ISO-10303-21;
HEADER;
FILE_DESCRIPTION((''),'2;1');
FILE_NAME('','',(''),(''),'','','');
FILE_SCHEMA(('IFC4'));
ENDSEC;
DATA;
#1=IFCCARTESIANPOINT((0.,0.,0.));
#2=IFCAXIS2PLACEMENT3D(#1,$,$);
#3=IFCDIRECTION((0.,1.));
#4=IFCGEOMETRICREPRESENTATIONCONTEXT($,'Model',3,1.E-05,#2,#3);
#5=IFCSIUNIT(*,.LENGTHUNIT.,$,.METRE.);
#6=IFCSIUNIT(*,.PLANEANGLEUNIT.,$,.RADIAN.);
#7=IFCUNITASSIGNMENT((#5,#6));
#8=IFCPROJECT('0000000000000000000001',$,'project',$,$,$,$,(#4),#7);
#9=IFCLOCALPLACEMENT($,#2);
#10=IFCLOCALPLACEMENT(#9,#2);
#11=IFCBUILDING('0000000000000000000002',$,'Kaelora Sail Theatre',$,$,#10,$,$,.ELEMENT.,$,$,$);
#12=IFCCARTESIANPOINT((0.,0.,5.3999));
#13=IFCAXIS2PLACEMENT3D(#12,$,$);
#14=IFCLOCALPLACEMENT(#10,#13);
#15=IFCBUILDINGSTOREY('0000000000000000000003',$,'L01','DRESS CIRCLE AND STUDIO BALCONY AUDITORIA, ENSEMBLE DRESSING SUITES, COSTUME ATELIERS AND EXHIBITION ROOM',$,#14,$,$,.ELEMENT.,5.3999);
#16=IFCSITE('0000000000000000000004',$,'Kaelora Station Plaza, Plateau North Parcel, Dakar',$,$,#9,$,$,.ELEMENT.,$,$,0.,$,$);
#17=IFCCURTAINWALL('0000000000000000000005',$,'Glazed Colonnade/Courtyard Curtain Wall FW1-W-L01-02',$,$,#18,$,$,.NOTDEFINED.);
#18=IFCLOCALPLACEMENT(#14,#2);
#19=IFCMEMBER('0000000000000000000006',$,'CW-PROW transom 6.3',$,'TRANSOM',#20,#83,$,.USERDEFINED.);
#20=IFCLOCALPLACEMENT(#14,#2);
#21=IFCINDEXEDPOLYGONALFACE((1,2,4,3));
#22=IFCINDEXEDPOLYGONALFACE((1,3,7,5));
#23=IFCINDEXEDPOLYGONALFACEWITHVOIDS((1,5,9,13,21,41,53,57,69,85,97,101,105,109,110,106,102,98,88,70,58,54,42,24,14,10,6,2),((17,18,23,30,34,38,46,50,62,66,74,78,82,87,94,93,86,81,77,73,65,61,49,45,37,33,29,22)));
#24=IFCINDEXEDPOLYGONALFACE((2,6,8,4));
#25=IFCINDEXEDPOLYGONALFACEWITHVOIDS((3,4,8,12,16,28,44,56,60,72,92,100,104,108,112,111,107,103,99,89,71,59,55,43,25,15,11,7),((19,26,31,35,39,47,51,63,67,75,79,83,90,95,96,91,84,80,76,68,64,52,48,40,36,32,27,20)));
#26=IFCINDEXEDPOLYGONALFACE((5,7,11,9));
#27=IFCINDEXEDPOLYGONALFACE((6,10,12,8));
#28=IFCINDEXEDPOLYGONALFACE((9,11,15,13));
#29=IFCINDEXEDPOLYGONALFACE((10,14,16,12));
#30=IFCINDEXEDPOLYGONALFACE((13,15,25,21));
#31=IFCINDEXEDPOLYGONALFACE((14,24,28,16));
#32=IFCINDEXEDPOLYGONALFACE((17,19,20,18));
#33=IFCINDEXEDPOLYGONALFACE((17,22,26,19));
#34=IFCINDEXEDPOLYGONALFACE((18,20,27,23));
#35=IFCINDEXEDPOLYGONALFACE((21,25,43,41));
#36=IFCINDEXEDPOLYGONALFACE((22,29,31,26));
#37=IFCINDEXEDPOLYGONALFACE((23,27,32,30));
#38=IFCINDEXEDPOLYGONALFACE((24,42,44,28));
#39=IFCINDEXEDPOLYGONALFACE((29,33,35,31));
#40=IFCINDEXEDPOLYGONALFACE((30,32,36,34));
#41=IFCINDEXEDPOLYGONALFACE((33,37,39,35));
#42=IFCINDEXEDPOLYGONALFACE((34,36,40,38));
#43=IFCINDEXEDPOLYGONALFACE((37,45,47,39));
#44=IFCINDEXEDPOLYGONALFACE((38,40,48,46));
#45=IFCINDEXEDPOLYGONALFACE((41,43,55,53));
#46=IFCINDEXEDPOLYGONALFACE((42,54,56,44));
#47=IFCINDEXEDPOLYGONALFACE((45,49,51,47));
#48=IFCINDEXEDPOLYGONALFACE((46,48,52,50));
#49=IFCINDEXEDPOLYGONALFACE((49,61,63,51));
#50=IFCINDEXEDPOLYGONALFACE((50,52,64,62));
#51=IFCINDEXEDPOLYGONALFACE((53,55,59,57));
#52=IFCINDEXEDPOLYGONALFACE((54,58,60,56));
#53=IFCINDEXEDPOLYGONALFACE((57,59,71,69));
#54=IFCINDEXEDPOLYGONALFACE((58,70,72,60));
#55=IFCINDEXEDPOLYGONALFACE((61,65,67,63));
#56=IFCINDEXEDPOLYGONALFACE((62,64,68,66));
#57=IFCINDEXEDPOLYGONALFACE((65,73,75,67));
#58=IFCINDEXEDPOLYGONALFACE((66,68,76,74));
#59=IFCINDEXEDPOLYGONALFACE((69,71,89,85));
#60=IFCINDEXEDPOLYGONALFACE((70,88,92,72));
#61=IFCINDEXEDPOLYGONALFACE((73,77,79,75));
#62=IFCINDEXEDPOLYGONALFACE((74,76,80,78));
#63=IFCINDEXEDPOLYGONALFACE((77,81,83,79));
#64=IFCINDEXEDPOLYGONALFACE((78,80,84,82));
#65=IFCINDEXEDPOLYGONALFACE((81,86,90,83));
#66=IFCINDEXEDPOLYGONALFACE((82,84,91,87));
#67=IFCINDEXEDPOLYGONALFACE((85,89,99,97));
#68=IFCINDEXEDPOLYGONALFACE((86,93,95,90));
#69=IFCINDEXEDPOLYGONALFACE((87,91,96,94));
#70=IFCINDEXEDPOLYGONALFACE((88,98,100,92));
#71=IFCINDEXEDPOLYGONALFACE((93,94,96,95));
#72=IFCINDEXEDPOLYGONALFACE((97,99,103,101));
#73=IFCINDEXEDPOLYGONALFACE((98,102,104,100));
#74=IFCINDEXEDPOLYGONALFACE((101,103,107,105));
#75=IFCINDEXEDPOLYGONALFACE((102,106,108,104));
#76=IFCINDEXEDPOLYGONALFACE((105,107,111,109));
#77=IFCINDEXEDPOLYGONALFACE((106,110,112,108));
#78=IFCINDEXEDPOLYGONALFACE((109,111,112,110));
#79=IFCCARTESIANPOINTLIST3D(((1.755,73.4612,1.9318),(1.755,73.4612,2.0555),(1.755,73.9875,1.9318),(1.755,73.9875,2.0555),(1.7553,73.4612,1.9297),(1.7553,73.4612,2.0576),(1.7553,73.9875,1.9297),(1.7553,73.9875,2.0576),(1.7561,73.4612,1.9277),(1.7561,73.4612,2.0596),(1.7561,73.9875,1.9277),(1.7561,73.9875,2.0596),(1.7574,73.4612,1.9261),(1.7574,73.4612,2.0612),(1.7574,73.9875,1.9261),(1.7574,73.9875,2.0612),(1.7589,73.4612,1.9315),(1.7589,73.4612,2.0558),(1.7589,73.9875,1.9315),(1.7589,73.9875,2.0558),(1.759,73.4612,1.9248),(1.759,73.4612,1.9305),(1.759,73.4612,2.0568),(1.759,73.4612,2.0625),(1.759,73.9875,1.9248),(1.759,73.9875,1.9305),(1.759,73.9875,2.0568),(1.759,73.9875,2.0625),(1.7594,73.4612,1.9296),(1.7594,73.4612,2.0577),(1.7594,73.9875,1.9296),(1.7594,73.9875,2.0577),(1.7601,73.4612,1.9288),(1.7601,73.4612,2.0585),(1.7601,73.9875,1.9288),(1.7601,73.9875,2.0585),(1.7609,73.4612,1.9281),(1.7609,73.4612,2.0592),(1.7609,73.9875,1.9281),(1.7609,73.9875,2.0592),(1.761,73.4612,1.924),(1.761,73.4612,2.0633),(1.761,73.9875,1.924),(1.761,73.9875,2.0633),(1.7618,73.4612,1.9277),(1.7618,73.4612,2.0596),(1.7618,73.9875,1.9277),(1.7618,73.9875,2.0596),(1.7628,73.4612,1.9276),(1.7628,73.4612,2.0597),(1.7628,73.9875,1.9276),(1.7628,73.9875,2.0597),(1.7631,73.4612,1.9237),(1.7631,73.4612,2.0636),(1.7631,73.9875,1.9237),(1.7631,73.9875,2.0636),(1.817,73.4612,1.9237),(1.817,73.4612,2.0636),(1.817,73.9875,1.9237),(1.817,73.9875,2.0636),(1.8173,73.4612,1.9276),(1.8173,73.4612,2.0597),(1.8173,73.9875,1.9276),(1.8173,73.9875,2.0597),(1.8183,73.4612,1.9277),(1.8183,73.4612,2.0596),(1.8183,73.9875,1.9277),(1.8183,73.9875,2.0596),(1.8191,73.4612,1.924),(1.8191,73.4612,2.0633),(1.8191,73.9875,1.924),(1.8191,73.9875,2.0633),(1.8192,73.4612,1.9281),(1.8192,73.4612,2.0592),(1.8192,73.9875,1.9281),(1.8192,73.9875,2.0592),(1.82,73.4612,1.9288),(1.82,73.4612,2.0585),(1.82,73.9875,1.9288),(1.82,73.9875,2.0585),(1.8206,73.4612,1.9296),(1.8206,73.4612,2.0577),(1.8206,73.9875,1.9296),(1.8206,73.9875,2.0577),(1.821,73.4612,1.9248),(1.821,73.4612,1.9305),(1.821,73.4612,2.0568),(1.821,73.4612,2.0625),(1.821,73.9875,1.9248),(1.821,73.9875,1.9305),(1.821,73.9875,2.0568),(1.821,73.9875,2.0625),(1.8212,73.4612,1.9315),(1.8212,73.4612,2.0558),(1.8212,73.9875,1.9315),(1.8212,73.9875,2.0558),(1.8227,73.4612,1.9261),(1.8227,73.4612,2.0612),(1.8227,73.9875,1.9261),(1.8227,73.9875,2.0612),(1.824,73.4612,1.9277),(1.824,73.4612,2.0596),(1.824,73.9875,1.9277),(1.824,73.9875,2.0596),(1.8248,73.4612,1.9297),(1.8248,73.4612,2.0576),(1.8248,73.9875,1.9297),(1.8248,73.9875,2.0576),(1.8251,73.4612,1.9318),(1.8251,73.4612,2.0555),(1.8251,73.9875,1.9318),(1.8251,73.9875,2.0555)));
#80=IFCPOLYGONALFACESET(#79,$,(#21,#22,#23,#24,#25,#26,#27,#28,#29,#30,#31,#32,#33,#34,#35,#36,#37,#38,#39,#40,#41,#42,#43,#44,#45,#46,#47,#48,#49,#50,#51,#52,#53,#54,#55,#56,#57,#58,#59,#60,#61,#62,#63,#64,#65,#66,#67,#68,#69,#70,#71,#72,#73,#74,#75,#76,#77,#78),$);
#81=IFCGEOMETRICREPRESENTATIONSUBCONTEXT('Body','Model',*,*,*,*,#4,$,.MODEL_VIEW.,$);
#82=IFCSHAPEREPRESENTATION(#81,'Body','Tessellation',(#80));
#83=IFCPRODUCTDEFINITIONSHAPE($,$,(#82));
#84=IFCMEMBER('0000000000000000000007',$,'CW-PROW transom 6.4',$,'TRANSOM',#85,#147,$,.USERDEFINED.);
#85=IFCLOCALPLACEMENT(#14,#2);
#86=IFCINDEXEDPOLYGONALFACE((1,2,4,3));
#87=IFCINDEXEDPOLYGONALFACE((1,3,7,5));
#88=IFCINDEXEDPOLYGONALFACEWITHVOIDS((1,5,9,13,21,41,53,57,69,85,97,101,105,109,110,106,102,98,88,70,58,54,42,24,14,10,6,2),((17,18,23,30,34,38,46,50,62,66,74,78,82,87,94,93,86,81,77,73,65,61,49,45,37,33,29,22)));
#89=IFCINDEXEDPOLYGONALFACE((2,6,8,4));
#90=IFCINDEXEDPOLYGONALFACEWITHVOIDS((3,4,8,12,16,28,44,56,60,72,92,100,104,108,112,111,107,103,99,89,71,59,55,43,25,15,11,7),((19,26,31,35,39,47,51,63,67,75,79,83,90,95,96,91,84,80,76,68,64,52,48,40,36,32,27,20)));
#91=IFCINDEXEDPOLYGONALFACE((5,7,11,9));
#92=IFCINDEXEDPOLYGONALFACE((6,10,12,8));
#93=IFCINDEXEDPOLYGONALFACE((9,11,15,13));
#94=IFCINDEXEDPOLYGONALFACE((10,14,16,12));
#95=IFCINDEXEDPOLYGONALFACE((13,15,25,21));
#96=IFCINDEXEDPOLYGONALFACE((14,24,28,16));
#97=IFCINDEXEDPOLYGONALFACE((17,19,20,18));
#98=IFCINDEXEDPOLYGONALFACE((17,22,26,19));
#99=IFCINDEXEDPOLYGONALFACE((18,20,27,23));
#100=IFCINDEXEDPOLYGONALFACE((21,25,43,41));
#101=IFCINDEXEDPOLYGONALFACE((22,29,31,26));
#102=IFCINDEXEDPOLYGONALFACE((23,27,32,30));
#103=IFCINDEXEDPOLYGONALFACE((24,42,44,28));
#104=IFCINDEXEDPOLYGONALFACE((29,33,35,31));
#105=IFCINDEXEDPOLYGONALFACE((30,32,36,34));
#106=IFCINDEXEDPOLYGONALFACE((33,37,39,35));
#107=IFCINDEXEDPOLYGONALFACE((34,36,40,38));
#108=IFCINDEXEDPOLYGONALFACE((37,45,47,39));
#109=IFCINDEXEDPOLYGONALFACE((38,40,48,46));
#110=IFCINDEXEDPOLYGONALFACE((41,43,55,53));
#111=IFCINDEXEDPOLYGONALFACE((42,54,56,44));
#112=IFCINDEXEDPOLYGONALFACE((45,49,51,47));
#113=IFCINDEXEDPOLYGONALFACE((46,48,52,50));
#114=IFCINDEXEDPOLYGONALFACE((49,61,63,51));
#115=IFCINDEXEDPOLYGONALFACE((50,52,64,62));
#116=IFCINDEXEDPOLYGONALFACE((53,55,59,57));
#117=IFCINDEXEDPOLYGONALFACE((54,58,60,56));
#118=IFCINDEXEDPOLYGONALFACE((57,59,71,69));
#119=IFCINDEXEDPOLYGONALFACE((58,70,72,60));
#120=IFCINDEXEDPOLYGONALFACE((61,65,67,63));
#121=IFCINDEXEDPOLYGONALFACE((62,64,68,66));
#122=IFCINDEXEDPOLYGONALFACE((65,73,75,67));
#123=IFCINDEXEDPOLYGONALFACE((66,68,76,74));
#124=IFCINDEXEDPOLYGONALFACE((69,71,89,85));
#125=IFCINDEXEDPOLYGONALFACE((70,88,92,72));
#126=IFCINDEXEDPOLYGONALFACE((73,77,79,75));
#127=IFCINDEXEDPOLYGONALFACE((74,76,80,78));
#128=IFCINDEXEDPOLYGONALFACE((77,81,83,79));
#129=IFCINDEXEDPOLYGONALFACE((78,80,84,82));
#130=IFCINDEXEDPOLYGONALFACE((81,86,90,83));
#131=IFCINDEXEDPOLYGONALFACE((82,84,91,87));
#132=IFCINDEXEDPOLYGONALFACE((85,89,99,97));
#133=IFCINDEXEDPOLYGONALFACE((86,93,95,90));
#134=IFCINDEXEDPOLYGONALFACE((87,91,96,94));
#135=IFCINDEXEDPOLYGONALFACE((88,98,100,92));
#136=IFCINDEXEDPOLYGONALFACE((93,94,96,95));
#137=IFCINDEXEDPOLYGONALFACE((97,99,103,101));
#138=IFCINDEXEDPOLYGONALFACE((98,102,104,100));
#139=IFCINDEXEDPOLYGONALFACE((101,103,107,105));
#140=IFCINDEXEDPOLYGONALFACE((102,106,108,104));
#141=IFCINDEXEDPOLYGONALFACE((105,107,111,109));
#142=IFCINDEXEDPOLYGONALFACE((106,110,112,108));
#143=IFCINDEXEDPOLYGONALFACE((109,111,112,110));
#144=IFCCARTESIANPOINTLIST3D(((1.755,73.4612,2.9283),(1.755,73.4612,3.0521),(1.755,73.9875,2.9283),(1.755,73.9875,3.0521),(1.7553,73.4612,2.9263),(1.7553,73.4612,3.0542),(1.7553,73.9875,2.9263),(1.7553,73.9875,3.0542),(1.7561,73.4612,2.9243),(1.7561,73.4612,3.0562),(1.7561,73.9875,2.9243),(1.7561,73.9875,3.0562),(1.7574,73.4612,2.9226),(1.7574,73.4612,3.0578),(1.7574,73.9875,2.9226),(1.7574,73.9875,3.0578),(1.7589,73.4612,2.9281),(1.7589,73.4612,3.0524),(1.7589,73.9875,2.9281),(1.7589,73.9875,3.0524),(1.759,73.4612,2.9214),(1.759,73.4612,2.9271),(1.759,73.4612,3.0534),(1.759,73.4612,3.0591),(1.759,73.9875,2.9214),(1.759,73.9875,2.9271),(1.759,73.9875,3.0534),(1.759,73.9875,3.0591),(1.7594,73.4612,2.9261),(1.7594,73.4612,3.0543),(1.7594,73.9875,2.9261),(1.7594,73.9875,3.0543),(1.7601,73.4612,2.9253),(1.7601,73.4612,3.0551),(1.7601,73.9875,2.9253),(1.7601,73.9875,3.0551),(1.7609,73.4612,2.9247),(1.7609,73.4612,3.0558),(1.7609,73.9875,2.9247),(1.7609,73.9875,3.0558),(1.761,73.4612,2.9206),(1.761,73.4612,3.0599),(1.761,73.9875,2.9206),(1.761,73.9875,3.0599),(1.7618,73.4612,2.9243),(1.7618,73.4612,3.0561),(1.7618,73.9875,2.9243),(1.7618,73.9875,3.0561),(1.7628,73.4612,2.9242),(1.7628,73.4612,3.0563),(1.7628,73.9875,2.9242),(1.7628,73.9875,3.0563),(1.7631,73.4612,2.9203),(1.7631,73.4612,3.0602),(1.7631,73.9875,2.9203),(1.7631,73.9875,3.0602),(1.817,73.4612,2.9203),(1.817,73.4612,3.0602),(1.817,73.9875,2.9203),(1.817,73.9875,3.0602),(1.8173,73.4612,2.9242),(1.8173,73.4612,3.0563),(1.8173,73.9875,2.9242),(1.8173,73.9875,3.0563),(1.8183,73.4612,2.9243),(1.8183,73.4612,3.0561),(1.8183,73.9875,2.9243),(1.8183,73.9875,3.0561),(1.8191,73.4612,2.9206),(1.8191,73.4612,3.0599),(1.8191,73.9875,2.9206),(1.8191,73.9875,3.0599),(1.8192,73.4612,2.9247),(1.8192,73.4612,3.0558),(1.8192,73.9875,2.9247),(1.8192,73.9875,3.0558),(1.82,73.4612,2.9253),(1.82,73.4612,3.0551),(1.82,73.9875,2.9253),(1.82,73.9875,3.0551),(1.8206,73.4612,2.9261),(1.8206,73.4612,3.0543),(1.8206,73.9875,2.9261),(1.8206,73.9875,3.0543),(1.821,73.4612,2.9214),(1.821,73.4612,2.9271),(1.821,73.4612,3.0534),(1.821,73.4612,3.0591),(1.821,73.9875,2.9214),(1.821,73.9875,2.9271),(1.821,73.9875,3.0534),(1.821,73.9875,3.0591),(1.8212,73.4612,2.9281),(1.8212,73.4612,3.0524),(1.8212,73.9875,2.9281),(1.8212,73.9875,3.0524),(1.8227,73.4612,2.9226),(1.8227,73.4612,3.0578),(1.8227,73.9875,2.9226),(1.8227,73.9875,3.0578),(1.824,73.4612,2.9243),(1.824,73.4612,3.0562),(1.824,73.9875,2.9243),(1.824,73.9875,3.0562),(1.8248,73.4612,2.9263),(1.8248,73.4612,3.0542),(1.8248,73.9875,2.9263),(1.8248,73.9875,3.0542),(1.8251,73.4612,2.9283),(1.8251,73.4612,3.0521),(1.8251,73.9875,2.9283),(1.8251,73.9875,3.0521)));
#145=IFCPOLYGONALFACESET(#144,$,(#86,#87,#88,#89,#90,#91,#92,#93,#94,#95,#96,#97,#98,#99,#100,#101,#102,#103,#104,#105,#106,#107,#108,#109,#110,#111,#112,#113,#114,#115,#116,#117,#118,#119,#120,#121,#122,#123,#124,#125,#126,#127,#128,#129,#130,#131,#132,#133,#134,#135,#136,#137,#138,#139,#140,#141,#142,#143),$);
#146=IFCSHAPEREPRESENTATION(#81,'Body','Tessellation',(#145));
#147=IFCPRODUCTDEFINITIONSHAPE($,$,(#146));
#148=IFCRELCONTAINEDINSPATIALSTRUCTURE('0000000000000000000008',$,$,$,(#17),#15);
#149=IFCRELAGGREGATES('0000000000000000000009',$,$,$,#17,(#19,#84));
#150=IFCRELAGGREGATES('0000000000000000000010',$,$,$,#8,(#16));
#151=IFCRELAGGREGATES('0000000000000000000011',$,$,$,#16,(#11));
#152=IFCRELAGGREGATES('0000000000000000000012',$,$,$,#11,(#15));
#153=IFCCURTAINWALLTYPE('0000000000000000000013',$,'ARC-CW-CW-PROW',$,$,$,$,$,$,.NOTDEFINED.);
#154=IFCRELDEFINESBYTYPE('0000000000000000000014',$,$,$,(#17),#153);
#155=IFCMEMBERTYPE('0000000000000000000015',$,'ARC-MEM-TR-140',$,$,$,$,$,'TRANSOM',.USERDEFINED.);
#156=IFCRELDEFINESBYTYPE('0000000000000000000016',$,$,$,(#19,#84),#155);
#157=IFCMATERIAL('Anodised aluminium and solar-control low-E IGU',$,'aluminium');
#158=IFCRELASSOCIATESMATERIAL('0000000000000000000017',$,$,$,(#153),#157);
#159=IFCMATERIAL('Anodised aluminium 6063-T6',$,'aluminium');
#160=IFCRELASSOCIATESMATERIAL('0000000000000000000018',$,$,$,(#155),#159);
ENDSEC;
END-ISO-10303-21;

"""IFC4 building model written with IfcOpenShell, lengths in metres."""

from ifc_helpers import new_model, si_unit, direction, frame, origin, origin_2d, place, context, subcontext, project, spatial, hollow_rectangle, extrude, material, material_profile, profile_set, type_object, element, aggregate, save


model = new_model("IFC4")

# Units and contexts
model_context = context("Model", 3, precision=1e-05, world=origin(), true_north=direction((0.0, 1.0)))
body_context = subcontext(model_context, "Body", "Model", "MODEL_VIEW")
ifc_project = project(units=[si_unit("LENGTHUNIT", "METRE"), si_unit("PLANEANGLEUNIT", "RADIAN")], contexts=[model_context])

# Site, building, storey
site_placement = place(None, origin())
site = spatial("IfcSite", under=ifc_project, at=site_placement, Name="Kaelora Station Plaza, Plateau North Parcel, Dakar", CompositionType="ELEMENT", RefElevation=0.0)
building_placement = place(site_placement, origin())
building = spatial("IfcBuilding", under=site, at=building_placement, Name="Kaelora Sail Theatre", CompositionType="ELEMENT")
storey_placement = place(building_placement, frame((0.0, 0.0, 5.3999)))
storey = spatial("IfcBuildingStorey", under=building, at=storey_placement, Name="L01", Description="DRESS CIRCLE AND STUDIO BALCONY AUDITORIA, ENSEMBLE DRESSING SUITES, COSTUME ATELIERS AND EXHIBITION ROOM", CompositionType="ELEMENT", Elevation=5.3999)

# Curtain wall, members
ifc_material_1 = material(Name="Anodised aluminium and solar-control low-E IGU", Category="aluminium")
curtain_wall_type = type_object("IfcCurtainWallType", Name="ARC-CW-CW-PROW", PredefinedType="NOTDEFINED", material=ifc_material_1)
curtain_wall_placement = place(storey_placement, origin())
curtain_wall = element("IfcCurtainWall", 1, at=curtain_wall_placement, inside=storey, type_object=curtain_wall_type, Name="Glazed Colonnade/Courtyard Curtain Wall FW1-W-L01-02", PredefinedType="NOTDEFINED")
ifc_material_2 = material(Name="Anodised aluminium 6063-T6", Category="aluminium")
ifc_material_profile_1 = material_profile(ifc_material_2, hollow_rectangle(XDim=0.0701, YDim=0.1399, WallThickness=0.0039, InnerFilletRadius=0.0039, OuterFilletRadius=0.0081, at=origin_2d()), Name="ALU-TRAN 70x140x4")
ifc_profile_set_1 = profile_set([ifc_material_profile_1], Name="Anodised aluminium 6063-T6")
member_type_1 = type_object("IfcMemberType", Name="ARC-MEM-TR-140", ElementType="TRANSOM", PredefinedType="USERDEFINED", material=ifc_profile_set_1)
member_1_placement = place(storey_placement, frame((1.79, 73.4612, 1.9937), z_axis=(0.0, 1.0, 0.0), x_axis=(-1.0, 0.0, 0.0)))
member_1 = element("IfcMember", 2, at=member_1_placement, type_object=member_type_1, Name="CW-PROW transom 6.3", ObjectType="TRANSOM", PredefinedType="USERDEFINED", context=body_context, shape_type="SweptSolid", body=[
    extrude(hollow_rectangle(XDim=0.0701, YDim=0.1399, WallThickness=0.0039, InnerFilletRadius=0.0039, OuterFilletRadius=0.0081, at=origin_2d()), origin(), (0.0, 0.0, 1.0), 0.5264),
])
member_2_placement = place(storey_placement, frame((1.79, 73.4612, 2.9902), z_axis=(0.0, 1.0, 0.0), x_axis=(-1.0, 0.0, 0.0)))
member_2 = element("IfcMember", 3, at=member_2_placement, type_object=member_type_1, Name="CW-PROW transom 6.4", ObjectType="TRANSOM", PredefinedType="USERDEFINED", context=body_context, shape_type="SweptSolid", body=[
    extrude(hollow_rectangle(XDim=0.0701, YDim=0.1399, WallThickness=0.0039, InnerFilletRadius=0.0039, OuterFilletRadius=0.0081, at=origin_2d()), origin(), (0.0, 0.0, 1.0), 0.5264),
])
aggregate(curtain_wall, [member_1, member_2])

save(model, "model.ifc")
